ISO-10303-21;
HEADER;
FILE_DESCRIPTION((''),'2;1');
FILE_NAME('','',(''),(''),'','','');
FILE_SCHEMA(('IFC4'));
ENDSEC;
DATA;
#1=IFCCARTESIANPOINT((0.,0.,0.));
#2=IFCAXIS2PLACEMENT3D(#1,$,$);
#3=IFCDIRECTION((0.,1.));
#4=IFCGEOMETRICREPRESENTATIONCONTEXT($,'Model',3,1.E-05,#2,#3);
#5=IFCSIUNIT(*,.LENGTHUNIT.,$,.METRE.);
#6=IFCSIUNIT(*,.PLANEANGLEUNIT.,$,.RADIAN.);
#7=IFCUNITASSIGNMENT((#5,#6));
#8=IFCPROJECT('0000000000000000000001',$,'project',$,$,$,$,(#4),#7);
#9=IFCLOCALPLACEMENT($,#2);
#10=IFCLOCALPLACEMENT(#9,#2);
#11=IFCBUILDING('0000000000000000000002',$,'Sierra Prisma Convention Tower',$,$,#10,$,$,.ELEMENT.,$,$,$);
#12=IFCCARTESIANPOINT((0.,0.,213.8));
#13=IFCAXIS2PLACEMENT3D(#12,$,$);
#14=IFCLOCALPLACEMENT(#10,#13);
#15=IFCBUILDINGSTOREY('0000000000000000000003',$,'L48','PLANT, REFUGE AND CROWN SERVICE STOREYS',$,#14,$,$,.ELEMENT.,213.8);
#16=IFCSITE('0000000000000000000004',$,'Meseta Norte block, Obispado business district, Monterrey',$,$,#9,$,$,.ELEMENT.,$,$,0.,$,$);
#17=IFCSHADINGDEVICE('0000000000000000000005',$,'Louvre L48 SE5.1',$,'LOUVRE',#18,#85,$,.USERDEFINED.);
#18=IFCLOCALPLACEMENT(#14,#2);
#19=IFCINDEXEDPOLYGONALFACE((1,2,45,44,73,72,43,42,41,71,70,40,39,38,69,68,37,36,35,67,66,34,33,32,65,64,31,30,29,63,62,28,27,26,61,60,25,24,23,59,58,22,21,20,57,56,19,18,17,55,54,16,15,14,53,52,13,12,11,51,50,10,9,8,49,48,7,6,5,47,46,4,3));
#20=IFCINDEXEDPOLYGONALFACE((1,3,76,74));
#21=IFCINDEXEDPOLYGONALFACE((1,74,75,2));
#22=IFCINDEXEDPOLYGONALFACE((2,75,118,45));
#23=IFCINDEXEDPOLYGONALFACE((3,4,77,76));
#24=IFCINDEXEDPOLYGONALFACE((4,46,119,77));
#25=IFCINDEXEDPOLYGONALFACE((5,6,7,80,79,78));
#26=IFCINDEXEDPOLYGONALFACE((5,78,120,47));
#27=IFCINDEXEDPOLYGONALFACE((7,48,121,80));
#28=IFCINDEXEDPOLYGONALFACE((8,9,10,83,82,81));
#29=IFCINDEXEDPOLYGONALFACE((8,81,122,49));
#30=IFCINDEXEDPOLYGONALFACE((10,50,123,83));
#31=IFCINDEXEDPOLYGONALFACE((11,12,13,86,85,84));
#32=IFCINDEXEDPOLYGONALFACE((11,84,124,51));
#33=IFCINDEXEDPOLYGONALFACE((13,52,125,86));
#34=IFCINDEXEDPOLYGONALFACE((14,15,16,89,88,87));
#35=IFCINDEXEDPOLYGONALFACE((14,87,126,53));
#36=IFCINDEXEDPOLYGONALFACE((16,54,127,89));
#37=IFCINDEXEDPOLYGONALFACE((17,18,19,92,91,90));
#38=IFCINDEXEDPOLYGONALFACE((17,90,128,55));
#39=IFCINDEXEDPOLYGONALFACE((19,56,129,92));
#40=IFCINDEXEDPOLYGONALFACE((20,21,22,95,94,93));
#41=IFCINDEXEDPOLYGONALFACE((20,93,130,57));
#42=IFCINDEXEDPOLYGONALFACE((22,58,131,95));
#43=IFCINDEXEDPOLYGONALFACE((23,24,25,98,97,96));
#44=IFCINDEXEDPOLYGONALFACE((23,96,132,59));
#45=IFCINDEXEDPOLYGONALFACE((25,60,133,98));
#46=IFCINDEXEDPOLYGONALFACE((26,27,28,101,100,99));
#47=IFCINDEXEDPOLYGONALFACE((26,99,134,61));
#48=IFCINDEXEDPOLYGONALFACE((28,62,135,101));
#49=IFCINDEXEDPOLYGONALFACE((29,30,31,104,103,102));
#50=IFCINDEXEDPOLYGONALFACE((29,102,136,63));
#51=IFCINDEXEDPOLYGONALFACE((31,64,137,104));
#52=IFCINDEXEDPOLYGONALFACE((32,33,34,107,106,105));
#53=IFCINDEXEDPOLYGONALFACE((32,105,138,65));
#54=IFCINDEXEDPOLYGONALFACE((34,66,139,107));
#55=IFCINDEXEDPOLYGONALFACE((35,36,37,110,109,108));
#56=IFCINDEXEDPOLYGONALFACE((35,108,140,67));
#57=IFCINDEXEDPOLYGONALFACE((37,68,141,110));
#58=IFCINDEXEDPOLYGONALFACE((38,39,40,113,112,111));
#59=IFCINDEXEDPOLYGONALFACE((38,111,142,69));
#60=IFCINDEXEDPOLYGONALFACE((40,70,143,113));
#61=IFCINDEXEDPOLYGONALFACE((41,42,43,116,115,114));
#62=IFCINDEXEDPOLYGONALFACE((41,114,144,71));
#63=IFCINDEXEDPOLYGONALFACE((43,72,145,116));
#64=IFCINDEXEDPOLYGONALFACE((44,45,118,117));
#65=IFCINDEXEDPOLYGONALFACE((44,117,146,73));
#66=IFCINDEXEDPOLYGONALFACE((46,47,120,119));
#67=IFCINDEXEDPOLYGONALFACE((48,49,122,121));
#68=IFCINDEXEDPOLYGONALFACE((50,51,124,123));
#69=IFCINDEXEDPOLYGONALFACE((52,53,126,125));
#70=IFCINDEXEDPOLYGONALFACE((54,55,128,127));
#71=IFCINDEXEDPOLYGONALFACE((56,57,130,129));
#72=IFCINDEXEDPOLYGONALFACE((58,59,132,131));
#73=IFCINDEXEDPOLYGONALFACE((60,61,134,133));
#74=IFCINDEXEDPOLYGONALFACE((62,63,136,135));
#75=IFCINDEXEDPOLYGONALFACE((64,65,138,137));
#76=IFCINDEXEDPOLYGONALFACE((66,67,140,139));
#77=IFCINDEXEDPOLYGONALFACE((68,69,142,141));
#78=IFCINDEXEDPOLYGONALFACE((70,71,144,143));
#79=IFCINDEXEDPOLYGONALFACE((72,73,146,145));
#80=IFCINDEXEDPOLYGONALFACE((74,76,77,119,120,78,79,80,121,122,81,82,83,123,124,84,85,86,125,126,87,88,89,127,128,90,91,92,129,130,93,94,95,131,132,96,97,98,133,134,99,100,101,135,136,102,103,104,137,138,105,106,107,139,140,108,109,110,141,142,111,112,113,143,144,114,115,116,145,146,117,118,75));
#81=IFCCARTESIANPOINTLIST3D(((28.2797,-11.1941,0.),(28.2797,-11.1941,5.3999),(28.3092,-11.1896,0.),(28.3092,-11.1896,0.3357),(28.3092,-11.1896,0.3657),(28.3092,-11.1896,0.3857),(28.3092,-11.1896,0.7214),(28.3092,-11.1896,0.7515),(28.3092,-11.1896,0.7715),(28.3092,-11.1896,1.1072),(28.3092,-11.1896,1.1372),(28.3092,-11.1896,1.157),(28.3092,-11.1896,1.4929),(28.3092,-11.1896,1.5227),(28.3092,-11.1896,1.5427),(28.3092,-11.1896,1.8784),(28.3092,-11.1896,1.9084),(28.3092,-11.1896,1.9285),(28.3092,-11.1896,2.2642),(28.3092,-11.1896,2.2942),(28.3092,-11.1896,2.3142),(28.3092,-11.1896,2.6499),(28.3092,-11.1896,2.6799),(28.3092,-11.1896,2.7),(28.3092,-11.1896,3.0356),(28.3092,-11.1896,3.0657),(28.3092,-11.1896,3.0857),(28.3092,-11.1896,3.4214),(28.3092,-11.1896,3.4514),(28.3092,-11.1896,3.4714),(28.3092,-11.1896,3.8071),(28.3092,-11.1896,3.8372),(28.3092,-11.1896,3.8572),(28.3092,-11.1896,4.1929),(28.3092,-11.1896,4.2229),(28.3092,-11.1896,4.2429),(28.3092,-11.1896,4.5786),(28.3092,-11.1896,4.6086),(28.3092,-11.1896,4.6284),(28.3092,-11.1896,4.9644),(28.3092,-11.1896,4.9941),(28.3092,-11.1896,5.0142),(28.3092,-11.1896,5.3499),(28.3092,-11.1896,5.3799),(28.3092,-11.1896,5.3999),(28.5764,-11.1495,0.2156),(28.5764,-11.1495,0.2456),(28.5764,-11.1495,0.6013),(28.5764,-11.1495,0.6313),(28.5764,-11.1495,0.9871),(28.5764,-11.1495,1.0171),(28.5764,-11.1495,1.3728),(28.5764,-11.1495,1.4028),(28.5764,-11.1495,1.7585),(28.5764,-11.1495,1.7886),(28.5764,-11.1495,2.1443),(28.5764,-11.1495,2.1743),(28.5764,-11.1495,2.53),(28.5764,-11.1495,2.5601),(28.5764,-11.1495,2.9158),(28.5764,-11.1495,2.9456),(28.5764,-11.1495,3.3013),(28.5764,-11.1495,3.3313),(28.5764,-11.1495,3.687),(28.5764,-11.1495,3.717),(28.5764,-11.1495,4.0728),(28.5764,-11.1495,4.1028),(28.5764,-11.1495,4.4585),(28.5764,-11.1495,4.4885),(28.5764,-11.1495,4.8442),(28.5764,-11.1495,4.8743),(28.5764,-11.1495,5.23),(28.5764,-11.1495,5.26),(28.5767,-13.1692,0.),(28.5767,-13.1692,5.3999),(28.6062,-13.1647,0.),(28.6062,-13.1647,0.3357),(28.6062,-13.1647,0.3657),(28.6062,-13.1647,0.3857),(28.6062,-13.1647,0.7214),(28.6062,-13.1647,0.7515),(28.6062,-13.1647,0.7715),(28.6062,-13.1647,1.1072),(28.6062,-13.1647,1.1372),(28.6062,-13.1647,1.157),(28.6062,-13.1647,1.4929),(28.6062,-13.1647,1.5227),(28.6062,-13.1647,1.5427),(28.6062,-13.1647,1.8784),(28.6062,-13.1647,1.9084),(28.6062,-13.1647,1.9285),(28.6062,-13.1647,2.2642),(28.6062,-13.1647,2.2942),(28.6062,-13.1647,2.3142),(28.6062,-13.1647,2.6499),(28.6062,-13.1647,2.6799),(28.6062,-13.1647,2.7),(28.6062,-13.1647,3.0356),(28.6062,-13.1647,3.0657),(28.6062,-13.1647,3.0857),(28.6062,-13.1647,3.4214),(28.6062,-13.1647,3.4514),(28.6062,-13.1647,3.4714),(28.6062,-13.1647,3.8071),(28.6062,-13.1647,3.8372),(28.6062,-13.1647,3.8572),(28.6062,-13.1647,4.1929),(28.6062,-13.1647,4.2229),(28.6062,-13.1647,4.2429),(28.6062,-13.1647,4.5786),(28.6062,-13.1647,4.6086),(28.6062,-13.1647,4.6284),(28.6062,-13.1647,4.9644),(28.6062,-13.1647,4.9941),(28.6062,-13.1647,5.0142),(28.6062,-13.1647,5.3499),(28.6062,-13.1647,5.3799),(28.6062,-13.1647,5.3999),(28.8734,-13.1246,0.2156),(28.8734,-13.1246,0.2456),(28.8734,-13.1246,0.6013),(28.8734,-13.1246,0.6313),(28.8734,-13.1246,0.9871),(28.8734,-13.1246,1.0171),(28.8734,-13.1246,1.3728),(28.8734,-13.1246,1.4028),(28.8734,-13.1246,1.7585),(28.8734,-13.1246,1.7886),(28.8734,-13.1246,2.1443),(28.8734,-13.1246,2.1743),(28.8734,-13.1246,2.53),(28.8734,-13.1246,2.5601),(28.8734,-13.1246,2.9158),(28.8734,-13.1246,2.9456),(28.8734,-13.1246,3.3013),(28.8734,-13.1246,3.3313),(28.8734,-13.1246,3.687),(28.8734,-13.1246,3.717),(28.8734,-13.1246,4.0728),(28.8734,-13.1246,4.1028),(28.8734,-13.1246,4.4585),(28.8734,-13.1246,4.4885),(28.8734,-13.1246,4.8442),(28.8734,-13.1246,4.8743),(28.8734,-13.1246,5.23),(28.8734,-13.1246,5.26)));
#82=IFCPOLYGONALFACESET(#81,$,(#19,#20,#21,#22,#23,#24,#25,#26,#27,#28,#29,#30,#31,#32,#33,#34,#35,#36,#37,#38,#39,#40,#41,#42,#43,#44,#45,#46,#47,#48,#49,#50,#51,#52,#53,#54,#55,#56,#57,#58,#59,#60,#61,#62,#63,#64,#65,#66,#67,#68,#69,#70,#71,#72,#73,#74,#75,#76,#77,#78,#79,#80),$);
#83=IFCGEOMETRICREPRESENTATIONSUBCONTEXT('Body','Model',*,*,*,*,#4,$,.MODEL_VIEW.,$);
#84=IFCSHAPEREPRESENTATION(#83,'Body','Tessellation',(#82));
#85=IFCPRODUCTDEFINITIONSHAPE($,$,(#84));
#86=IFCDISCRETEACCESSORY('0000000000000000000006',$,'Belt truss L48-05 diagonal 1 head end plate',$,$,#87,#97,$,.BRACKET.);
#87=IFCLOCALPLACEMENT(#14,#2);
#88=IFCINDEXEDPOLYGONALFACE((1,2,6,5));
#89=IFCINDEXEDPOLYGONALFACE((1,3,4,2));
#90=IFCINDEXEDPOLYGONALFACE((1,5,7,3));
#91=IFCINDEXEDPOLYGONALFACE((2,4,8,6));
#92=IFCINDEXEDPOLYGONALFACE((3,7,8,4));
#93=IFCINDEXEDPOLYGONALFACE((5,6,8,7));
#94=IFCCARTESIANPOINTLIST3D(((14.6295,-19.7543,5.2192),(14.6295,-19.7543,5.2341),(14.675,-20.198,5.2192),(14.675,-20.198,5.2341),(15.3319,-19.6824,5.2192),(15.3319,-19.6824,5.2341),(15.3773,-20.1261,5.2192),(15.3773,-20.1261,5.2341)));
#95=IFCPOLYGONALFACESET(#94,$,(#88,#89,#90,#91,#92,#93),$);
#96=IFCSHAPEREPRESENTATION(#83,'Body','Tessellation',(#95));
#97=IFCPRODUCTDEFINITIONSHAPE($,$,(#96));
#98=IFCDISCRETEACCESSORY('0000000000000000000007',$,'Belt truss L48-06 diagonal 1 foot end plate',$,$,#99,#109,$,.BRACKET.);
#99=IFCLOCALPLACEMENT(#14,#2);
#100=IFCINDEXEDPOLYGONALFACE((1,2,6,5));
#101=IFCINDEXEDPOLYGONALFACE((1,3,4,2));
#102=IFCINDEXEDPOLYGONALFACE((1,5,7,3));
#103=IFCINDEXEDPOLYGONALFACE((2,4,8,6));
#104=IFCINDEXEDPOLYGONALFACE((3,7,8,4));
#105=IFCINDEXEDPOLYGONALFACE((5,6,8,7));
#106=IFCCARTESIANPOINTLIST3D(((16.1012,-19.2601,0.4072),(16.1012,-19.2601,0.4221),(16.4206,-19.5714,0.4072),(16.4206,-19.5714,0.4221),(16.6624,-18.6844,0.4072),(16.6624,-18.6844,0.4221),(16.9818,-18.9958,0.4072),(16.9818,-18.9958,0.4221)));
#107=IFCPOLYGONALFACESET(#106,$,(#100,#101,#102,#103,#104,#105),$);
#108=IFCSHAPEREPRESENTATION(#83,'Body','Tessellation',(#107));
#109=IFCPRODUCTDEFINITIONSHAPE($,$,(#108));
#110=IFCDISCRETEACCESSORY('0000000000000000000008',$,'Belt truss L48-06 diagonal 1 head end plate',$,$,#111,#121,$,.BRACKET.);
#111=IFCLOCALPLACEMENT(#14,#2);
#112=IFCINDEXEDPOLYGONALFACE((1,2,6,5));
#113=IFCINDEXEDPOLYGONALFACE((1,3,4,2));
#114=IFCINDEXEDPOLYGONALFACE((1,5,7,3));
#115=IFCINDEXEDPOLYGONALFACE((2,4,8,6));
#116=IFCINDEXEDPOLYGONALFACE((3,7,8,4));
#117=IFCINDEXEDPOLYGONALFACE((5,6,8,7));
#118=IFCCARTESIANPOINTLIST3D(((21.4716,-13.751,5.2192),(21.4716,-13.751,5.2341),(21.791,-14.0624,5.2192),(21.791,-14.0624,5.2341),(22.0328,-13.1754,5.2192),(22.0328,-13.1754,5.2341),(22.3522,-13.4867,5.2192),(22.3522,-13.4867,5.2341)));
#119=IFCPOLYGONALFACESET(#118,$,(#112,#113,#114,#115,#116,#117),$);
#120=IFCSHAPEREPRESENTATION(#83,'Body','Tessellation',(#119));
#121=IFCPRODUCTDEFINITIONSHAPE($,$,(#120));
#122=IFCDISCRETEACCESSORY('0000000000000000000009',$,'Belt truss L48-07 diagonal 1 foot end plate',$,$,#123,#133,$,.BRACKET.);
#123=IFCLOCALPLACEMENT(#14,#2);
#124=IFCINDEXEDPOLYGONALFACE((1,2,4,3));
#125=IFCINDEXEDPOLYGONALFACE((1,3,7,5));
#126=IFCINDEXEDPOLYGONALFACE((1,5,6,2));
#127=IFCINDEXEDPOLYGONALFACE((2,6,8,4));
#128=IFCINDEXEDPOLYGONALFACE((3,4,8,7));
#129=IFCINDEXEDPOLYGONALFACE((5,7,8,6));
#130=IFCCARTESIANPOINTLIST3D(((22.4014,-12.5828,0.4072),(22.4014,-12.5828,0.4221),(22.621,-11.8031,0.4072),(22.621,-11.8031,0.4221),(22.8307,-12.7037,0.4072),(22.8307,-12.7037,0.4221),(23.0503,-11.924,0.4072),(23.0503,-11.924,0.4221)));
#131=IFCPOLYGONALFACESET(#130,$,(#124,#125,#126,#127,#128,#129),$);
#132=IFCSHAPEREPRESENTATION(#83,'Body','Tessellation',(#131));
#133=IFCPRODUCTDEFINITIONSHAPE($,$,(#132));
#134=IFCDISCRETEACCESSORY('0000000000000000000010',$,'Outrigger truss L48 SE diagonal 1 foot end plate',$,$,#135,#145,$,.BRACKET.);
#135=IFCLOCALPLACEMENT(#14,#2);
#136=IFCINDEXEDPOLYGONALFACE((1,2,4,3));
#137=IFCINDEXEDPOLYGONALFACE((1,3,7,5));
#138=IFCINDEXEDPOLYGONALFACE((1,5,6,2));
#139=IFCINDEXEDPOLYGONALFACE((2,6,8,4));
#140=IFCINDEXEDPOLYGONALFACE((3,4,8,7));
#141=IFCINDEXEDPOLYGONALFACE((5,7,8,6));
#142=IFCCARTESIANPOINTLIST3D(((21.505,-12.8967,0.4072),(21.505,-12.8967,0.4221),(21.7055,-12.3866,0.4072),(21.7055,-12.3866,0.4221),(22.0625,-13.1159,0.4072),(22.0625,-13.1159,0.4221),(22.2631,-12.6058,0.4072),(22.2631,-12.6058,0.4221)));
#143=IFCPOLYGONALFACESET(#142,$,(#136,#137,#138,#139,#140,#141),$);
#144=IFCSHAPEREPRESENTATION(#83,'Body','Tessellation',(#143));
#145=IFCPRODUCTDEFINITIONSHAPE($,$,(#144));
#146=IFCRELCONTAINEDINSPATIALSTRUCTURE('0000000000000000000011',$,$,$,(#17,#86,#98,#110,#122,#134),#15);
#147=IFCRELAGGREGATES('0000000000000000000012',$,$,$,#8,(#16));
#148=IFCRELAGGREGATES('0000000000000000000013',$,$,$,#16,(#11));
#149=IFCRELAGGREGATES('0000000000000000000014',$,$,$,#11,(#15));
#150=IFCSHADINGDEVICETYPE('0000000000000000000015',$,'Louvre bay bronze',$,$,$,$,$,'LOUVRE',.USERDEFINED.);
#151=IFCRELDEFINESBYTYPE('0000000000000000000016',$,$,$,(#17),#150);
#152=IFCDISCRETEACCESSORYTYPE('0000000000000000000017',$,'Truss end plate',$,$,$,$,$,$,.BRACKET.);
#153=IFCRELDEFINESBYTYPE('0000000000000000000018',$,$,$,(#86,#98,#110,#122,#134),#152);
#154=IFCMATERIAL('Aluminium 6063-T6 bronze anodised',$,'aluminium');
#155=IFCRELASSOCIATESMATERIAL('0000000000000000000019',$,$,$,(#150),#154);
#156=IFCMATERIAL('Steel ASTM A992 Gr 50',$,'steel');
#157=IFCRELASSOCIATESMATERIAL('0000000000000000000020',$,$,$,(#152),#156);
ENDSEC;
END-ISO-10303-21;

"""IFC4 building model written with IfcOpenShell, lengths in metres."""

from ifc_helpers import new_model, si_unit, direction, frame, origin, origin_2d, place, context, subcontext, project, spatial, polyline, rectangle, outline, extrude, material, type_object, element, save


model = new_model("IFC4")

# Units and contexts
model_context = context("Model", 3, precision=1e-05, world=origin(), true_north=direction((0.0, 1.0)))
body_context = subcontext(model_context, "Body", "Model", "MODEL_VIEW")
ifc_project = project(units=[si_unit("LENGTHUNIT", "METRE"), si_unit("PLANEANGLEUNIT", "RADIAN")], contexts=[model_context])

# Site, building, storey
site_placement = place(None, origin())
site = spatial("IfcSite", under=ifc_project, at=site_placement, Name="Meseta Norte block, Obispado business district, Monterrey", CompositionType="ELEMENT", RefElevation=0.0)
building_placement = place(site_placement, origin())
building = spatial("IfcBuilding", under=site, at=building_placement, Name="Sierra Prisma Convention Tower", CompositionType="ELEMENT")
storey_placement = place(building_placement, frame((0.0, 0.0, 213.8)))
storey = spatial("IfcBuildingStorey", under=building, at=storey_placement, Name="L48", Description="PLANT, REFUGE AND CROWN SERVICE STOREYS", CompositionType="ELEMENT", Elevation=213.8)

# Shading device
ifc_material_1 = material(Name="Aluminium 6063-T6 bronze anodised", Category="aluminium")
shading_device_type = type_object("IfcShadingDeviceType", Name="Louvre bay bronze", ElementType="LOUVRE", PredefinedType="USERDEFINED", material=ifc_material_1)
shading_device_1_placement = place(storey_placement, frame((28.5767, -13.1692, 0.0), z_axis=(0.148695, -0.988883, 0.0), x_axis=(0.0, 0.0, 1.0)))
element("IfcShadingDevice", 1, at=shading_device_1_placement, inside=storey, type_object=shading_device_type, Name="Louvre L48 SE5.1", ObjectType="LOUVRE", PredefinedType="USERDEFINED", context=body_context, shape_type="SweptSolid", body=[
    extrude(outline(polyline([(0.0, 0.0), (5.3999, 0.0), (5.3999, -0.0299), (5.3799, -0.0299), (5.26, -0.3), (5.23, -0.3), (5.3499, -0.0299), (5.0142, -0.0299), (4.9941, -0.0299), (4.8743, -0.3), (4.8442, -0.3), (4.9644, -0.0299), (4.6284, -0.0299), (4.6086, -0.0299), (4.4885, -0.3), (4.4585, -0.3), (4.5786, -0.0299), (4.2429, -0.0299), (4.2229, -0.0299), (4.1028, -0.3), (4.0728, -0.3), (4.1929, -0.0299), (3.8572, -0.0299), (3.8372, -0.0299), (3.717, -0.3), (3.687, -0.3), (3.8071, -0.0299), (3.4714, -0.0299), (3.4514, -0.0299), (3.3313, -0.3), (3.3013, -0.3), (3.4214, -0.0299), (3.0857, -0.0299), (3.0657, -0.0299), (2.9456, -0.3), (2.9158, -0.3), (3.0356, -0.0299), (2.7, -0.0299), (2.6799, -0.0299), (2.5601, -0.3), (2.53, -0.3), (2.6499, -0.0299), (2.3142, -0.0299), (2.2942, -0.0299), (2.1743, -0.3), (2.1443, -0.3), (2.2642, -0.0299), (1.9285, -0.0299), (1.9084, -0.0299), (1.7886, -0.3), (1.7585, -0.3), (1.8784, -0.0299), (1.5427, -0.0299), (1.5227, -0.0299), (1.4028, -0.3), (1.3728, -0.3), (1.4929, -0.0299), (1.157, -0.0299), (1.1372, -0.0299), (1.0171, -0.3), (0.9871, -0.3), (1.1072, -0.0299), (0.7715, -0.0299), (0.7515, -0.0299), (0.6313, -0.3), (0.6013, -0.3), (0.7214, -0.0299), (0.3857, -0.0299), (0.3657, -0.0299), (0.2456, -0.3), (0.2156, -0.3), (0.3357, -0.0299), (0.0, -0.0299), (0.0, 0.0)])), origin(), (0.0, 0.0, -1.0), 1.9973),
])

# Discrete accessories
ifc_material_2 = material(Name="Steel ASTM A992 Gr 50", Category="steel")
discrete_accessory_type = type_object("IfcDiscreteAccessoryType", Name="Truss end plate", PredefinedType="BRACKET", material=ifc_material_2)
discrete_accessory_1_placement = place(storey_placement, frame((15.0034, -19.9402, 5.2192), z_axis=(0.0, 0.0, 1.0), x_axis=(0.994796, 0.101888, 0.0)))
element("IfcDiscreteAccessory", 2, at=discrete_accessory_1_placement, inside=storey, type_object=discrete_accessory_type, Name="Belt truss L48-05 diagonal 1 head end plate", PredefinedType="BRACKET", context=body_context, shape_type="SweptSolid", body=[
    extrude(rectangle(XDim=0.7061, YDim=0.446, at=origin_2d()), origin(), (0.0, 0.0, 1.0), 0.0149),
])
for number, where, z_axis, x_axis, name in (
    (3, (16.5415, -19.1279, 0.4072), (0.0, 0.0, 1.0), (0.698053, 0.716046, 0.0), "Belt truss L48-06 diagonal 1 foot end plate"),
    (4, (21.9119, -13.6189, 5.2192), (0.0, 0.0, 1.0), (0.698053, 0.716046, 0.0), "Belt truss L48-06 diagonal 1 head end plate"),
):
    element("IfcDiscreteAccessory", number, at=place(storey_placement, frame(where, z_axis=z_axis, x_axis=x_axis)), inside=storey, type_object=discrete_accessory_type, Name=name, PredefinedType="BRACKET", context=body_context, shape_type="SweptSolid", body=[
        extrude(rectangle(XDim=0.804, YDim=0.446, at=origin_2d()), origin(), (0.0, 0.0, 1.0), 0.0149),
    ])
discrete_accessory_2_placement = place(storey_placement, frame((22.7258, -12.2534, 0.4072), z_axis=(0.0, 0.0, 1.0), x_axis=(0.271086, 0.962555, 0.0)))
element("IfcDiscreteAccessory", 5, at=discrete_accessory_2_placement, inside=storey, type_object=discrete_accessory_type, Name="Belt truss L48-07 diagonal 1 foot end plate", PredefinedType="BRACKET", context=body_context, shape_type="SweptSolid", body=[
    extrude(rectangle(XDim=0.8101, YDim=0.446, at=origin_2d()), origin(), (0.0, 0.0, 1.0), 0.0149),
])
discrete_accessory_3_placement = place(storey_placement, frame((21.884, -12.7512, 0.4072), z_axis=(0.0, 0.0, 1.0), x_axis=(-0.930651, 0.365907, 0.0)))
element("IfcDiscreteAccessory", 6, at=discrete_accessory_3_placement, inside=storey, type_object=discrete_accessory_type, Name="Outrigger truss L48 SE diagonal 1 foot end plate", PredefinedType="BRACKET", context=body_context, shape_type="SweptSolid", body=[
    extrude(rectangle(XDim=0.5991, YDim=0.5481, at=origin_2d()), origin(), (0.0, 0.0, 1.0), 0.0149),
])

save(model, "model.ifc")
